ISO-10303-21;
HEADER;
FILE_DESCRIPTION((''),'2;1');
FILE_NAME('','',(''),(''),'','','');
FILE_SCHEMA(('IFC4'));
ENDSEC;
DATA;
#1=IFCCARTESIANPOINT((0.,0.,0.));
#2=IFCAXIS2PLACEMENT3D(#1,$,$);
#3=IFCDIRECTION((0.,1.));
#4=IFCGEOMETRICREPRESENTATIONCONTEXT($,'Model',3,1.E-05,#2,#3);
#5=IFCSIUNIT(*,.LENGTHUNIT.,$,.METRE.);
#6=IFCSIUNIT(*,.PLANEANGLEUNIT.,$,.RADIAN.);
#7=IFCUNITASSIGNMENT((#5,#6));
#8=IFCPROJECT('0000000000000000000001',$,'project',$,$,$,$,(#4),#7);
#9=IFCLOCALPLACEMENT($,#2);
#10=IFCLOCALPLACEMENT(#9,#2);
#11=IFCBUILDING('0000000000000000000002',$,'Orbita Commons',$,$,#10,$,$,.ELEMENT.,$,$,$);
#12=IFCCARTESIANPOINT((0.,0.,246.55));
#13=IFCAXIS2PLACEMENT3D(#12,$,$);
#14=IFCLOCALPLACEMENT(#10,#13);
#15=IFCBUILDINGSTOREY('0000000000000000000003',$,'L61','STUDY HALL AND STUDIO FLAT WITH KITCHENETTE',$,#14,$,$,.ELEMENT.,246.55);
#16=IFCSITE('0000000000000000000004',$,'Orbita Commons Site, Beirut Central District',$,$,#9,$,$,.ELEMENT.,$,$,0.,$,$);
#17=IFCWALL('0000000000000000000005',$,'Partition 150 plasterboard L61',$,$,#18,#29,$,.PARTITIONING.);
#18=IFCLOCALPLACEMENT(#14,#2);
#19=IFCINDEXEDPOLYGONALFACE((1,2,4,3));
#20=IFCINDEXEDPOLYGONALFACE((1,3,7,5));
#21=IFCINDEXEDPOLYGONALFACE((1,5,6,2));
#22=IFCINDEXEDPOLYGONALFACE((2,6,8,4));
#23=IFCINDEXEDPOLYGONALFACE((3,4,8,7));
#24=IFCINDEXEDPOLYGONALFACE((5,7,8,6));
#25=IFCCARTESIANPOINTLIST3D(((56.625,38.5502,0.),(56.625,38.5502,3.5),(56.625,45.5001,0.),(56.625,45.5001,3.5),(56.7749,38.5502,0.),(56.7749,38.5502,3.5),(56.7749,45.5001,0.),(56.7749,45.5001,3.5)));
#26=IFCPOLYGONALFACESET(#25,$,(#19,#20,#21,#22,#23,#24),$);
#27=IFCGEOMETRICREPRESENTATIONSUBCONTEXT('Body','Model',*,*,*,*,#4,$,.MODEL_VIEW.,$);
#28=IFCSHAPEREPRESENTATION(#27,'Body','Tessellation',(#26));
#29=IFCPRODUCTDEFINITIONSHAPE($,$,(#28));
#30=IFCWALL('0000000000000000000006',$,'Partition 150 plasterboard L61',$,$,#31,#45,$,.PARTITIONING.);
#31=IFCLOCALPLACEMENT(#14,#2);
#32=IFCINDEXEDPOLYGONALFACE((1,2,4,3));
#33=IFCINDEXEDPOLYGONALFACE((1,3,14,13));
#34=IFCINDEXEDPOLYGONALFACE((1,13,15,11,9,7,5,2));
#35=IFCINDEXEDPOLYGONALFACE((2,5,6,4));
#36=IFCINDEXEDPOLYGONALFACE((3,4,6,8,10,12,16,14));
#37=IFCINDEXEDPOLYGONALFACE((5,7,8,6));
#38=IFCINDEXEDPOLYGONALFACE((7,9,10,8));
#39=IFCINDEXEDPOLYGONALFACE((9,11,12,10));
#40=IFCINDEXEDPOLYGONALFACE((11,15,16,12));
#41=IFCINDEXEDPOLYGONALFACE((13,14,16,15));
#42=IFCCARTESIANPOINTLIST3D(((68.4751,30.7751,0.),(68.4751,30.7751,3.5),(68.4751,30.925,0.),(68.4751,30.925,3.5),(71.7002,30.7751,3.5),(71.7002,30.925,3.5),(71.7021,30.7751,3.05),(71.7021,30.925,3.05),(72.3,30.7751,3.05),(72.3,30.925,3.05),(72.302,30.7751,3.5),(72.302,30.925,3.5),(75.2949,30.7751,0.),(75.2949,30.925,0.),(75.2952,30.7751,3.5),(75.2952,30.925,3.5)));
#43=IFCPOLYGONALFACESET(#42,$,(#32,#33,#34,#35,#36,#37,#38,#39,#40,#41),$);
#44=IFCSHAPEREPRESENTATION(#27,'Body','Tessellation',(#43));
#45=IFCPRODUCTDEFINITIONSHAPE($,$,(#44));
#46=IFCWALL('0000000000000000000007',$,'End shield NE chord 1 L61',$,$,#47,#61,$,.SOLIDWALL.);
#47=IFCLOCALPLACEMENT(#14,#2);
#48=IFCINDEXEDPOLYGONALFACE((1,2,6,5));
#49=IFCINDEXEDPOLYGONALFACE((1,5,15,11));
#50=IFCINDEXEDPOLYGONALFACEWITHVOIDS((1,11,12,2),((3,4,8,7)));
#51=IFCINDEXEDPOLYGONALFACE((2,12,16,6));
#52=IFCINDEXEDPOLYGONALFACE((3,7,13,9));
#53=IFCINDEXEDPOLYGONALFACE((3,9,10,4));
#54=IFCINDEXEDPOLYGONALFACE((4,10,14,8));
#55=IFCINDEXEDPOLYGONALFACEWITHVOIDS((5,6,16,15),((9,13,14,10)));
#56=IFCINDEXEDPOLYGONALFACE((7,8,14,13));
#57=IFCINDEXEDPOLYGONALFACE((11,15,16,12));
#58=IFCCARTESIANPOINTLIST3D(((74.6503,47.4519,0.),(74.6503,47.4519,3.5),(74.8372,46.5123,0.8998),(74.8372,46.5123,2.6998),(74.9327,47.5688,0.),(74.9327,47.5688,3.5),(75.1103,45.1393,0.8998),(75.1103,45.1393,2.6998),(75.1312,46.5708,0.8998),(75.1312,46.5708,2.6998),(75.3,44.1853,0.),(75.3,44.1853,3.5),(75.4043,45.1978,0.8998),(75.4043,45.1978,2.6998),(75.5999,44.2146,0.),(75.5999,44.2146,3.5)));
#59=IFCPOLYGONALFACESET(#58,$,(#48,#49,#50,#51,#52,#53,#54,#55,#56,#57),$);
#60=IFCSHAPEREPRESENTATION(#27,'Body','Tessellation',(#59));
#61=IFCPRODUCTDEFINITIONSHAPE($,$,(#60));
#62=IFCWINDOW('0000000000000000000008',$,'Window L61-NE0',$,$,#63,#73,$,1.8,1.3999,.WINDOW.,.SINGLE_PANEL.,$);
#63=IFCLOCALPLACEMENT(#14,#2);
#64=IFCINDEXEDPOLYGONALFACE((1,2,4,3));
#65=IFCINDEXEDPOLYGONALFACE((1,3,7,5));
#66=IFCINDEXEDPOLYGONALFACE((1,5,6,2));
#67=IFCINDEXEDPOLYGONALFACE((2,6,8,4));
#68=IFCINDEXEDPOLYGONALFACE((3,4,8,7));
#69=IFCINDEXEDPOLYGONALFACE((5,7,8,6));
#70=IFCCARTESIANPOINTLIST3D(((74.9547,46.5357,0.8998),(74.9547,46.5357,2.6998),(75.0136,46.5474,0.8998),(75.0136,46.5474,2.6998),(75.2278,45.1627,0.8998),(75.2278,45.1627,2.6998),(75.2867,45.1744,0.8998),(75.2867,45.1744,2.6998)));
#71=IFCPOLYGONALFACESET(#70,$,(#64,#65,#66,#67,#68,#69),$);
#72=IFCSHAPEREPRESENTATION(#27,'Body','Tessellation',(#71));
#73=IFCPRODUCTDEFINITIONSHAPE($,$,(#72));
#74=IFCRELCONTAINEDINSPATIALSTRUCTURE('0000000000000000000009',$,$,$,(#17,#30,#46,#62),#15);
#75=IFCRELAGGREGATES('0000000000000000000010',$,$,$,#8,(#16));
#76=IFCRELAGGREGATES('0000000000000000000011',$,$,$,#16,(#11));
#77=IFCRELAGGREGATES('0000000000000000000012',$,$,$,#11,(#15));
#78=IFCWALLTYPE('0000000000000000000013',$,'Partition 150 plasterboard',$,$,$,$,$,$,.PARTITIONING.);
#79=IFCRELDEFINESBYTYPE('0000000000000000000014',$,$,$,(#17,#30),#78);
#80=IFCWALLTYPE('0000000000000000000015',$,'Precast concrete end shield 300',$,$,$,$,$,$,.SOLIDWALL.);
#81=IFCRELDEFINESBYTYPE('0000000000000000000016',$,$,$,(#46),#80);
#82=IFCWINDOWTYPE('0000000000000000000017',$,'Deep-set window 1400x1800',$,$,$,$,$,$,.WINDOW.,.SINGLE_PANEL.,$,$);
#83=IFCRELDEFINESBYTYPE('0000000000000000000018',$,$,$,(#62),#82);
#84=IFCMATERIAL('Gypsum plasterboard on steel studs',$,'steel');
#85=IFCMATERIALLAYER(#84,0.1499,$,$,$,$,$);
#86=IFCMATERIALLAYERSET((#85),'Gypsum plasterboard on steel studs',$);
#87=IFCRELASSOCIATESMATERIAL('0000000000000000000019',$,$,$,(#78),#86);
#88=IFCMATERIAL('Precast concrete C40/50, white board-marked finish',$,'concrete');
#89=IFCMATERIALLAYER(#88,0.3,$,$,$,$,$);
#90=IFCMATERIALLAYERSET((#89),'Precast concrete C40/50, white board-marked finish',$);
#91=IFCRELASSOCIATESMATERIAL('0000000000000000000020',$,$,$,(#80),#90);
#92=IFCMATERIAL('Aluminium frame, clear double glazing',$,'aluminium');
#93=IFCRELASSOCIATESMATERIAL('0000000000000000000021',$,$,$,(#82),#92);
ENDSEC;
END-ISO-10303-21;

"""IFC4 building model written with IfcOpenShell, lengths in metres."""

from ifc_helpers import new_model, si_unit, direction, frame, frame_2d, origin, place, context, subcontext, project, spatial, polyline, rectangle, outline, extrude, material, layer, layer_set, type_object, element, fill, save


model = new_model("IFC4")

# Units and contexts
model_context = context("Model", 3, precision=1e-05, world=origin(), true_north=direction((0.0, 1.0)))
body_context = subcontext(model_context, "Body", "Model", "MODEL_VIEW")
ifc_project = project(units=[si_unit("LENGTHUNIT", "METRE"), si_unit("PLANEANGLEUNIT", "RADIAN")], contexts=[model_context])

# Site, building, storey
site_placement = place(None, origin())
site = spatial("IfcSite", under=ifc_project, at=site_placement, Name="Orbita Commons Site, Beirut Central District", CompositionType="ELEMENT", RefElevation=0.0)
building_placement = place(site_placement, origin())
building = spatial("IfcBuilding", under=site, at=building_placement, Name="Orbita Commons", CompositionType="ELEMENT")
storey_placement = place(building_placement, frame((0.0, 0.0, 246.55)))
storey = spatial("IfcBuildingStorey", under=building, at=storey_placement, Name="L61", Description="STUDY HALL AND STUDIO FLAT WITH KITCHENETTE", CompositionType="ELEMENT", Elevation=246.55)

# Walls
ifc_material_1 = material(Name="Gypsum plasterboard on steel studs", Category="steel")
ifc_layer_1 = layer(ifc_material_1, 0.1499)
ifc_layer_set_1 = layer_set([ifc_layer_1], Name="Gypsum plasterboard on steel studs")
wall_type_1 = type_object("IfcWallType", Name="Partition 150 plasterboard", PredefinedType="PARTITIONING", material=ifc_layer_set_1)
wall_1_placement = place(storey_placement, frame((56.7, 38.55, 0.0), z_axis=(0.0, 0.0, 1.0), x_axis=(0.0, 1.0, 0.0)))
element("IfcWall", 1, at=wall_1_placement, inside=storey, type_object=wall_type_1, Name="Partition 150 plasterboard L61", PredefinedType="PARTITIONING", context=body_context, shape_type="SweptSolid", body=[
    extrude(rectangle(XDim=6.95, YDim=0.1499, at=frame_2d((3.4751, 0.0))), origin(), (0.0, 0.0, 1.0), 3.5),
])
wall_2_placement = place(storey_placement, frame((68.4751, 30.8501, 0.0), z_axis=(0.0, 0.0, 1.0), x_axis=(1.0, 0.0, 0.0)))
element("IfcWall", 2, at=wall_2_placement, inside=storey, type_object=wall_type_1, Name="Partition 150 plasterboard L61", PredefinedType="PARTITIONING", context=body_context, shape_type="SweptSolid", body=[
    extrude(outline(polyline([(0.0, 0.0), (6.8198, 0.0), (6.8201, 3.5), (3.8269, 3.5), (3.825, 3.05), (3.2271, 3.05), (3.2251, 3.5), (0.0, 3.5), (0.0, 0.0)])), frame((0.0, 0.075, 0.0), z_axis=(0.0, -1.0, 0.0), x_axis=(1.0, 0.0, 0.0)), (0.0, 0.0, 1.0), 0.1499),
])

# Wall, opening, window
ifc_material_2 = material(Name="Precast concrete C40/50, white board-marked finish", Category="concrete")
ifc_layer_2 = layer(ifc_material_2, 0.3)
ifc_layer_set_2 = layer_set([ifc_layer_2], Name="Precast concrete C40/50, white board-marked finish")
wall_type_2 = type_object("IfcWallType", Name="Precast concrete end shield 300", PredefinedType="SOLIDWALL", material=ifc_layer_set_2)
wall_3_placement = place(storey_placement, frame((75.45, 44.2, 0.0), z_axis=(0.0, 0.0, 1.0), x_axis=(-0.195087, 0.980786, 0.0)))
wall_3 = element("IfcWall", 3, at=wall_3_placement, inside=storey, type_object=wall_type_2, Name="End shield NE chord 1 L61", PredefinedType="SOLIDWALL", context=body_context, shape_type="SweptSolid", body=[
    extrude(outline(polyline([(-0.0149, -0.1499), (3.405, -0.1499), (3.3455, 0.1499), (0.0149, 0.1499), (-0.0149, -0.1499)])), origin(), (0.0, 0.0, 1.0), 3.5),
])
opening_1_placement = place(wall_3_placement, frame((0.9875, 0.0, 0.8999)))
opening_1 = element("IfcOpeningElement", 4, at=opening_1_placement, cuts=wall_3, PredefinedType="OPENING", context=body_context, shape_type="SweptSolid", body=[
    extrude(rectangle(XDim=1.3999, YDim=1.8, at=frame_2d((0.7, 0.8999))), frame((0.0, 0.1599, 0.0), z_axis=(0.0, -1.0, 0.0), x_axis=(1.0, 0.0, 0.0)), (0.0, 0.0, 1.0), 0.3201),
])
ifc_material_3 = material(Name="Aluminium frame, clear double glazing", Category="aluminium")
window_type = type_object("IfcWindowType", Name="Deep-set window 1400x1800", PartitioningType="SINGLE_PANEL", PredefinedType="WINDOW", material=ifc_material_3)
window_placement = place(opening_1_placement, origin())
window = element("IfcWindow", 5, at=window_placement, inside=storey, type_object=window_type, Name="Window L61-NE0", OverallHeight=1.8, OverallWidth=1.3999, PartitioningType="SINGLE_PANEL", PredefinedType="WINDOW", context=body_context, shape_type="SweptSolid", body=[
    extrude(rectangle(XDim=1.3999, YDim=1.8, at=frame_2d((0.7, 0.8999))), frame((0.0, 0.03, 0.0), z_axis=(0.0, -1.0, 0.0), x_axis=(1.0, 0.0, 0.0)), (0.0, 0.0, 1.0), 0.0601),
])
fill(opening_1, window)

save(model, "model.ifc")
